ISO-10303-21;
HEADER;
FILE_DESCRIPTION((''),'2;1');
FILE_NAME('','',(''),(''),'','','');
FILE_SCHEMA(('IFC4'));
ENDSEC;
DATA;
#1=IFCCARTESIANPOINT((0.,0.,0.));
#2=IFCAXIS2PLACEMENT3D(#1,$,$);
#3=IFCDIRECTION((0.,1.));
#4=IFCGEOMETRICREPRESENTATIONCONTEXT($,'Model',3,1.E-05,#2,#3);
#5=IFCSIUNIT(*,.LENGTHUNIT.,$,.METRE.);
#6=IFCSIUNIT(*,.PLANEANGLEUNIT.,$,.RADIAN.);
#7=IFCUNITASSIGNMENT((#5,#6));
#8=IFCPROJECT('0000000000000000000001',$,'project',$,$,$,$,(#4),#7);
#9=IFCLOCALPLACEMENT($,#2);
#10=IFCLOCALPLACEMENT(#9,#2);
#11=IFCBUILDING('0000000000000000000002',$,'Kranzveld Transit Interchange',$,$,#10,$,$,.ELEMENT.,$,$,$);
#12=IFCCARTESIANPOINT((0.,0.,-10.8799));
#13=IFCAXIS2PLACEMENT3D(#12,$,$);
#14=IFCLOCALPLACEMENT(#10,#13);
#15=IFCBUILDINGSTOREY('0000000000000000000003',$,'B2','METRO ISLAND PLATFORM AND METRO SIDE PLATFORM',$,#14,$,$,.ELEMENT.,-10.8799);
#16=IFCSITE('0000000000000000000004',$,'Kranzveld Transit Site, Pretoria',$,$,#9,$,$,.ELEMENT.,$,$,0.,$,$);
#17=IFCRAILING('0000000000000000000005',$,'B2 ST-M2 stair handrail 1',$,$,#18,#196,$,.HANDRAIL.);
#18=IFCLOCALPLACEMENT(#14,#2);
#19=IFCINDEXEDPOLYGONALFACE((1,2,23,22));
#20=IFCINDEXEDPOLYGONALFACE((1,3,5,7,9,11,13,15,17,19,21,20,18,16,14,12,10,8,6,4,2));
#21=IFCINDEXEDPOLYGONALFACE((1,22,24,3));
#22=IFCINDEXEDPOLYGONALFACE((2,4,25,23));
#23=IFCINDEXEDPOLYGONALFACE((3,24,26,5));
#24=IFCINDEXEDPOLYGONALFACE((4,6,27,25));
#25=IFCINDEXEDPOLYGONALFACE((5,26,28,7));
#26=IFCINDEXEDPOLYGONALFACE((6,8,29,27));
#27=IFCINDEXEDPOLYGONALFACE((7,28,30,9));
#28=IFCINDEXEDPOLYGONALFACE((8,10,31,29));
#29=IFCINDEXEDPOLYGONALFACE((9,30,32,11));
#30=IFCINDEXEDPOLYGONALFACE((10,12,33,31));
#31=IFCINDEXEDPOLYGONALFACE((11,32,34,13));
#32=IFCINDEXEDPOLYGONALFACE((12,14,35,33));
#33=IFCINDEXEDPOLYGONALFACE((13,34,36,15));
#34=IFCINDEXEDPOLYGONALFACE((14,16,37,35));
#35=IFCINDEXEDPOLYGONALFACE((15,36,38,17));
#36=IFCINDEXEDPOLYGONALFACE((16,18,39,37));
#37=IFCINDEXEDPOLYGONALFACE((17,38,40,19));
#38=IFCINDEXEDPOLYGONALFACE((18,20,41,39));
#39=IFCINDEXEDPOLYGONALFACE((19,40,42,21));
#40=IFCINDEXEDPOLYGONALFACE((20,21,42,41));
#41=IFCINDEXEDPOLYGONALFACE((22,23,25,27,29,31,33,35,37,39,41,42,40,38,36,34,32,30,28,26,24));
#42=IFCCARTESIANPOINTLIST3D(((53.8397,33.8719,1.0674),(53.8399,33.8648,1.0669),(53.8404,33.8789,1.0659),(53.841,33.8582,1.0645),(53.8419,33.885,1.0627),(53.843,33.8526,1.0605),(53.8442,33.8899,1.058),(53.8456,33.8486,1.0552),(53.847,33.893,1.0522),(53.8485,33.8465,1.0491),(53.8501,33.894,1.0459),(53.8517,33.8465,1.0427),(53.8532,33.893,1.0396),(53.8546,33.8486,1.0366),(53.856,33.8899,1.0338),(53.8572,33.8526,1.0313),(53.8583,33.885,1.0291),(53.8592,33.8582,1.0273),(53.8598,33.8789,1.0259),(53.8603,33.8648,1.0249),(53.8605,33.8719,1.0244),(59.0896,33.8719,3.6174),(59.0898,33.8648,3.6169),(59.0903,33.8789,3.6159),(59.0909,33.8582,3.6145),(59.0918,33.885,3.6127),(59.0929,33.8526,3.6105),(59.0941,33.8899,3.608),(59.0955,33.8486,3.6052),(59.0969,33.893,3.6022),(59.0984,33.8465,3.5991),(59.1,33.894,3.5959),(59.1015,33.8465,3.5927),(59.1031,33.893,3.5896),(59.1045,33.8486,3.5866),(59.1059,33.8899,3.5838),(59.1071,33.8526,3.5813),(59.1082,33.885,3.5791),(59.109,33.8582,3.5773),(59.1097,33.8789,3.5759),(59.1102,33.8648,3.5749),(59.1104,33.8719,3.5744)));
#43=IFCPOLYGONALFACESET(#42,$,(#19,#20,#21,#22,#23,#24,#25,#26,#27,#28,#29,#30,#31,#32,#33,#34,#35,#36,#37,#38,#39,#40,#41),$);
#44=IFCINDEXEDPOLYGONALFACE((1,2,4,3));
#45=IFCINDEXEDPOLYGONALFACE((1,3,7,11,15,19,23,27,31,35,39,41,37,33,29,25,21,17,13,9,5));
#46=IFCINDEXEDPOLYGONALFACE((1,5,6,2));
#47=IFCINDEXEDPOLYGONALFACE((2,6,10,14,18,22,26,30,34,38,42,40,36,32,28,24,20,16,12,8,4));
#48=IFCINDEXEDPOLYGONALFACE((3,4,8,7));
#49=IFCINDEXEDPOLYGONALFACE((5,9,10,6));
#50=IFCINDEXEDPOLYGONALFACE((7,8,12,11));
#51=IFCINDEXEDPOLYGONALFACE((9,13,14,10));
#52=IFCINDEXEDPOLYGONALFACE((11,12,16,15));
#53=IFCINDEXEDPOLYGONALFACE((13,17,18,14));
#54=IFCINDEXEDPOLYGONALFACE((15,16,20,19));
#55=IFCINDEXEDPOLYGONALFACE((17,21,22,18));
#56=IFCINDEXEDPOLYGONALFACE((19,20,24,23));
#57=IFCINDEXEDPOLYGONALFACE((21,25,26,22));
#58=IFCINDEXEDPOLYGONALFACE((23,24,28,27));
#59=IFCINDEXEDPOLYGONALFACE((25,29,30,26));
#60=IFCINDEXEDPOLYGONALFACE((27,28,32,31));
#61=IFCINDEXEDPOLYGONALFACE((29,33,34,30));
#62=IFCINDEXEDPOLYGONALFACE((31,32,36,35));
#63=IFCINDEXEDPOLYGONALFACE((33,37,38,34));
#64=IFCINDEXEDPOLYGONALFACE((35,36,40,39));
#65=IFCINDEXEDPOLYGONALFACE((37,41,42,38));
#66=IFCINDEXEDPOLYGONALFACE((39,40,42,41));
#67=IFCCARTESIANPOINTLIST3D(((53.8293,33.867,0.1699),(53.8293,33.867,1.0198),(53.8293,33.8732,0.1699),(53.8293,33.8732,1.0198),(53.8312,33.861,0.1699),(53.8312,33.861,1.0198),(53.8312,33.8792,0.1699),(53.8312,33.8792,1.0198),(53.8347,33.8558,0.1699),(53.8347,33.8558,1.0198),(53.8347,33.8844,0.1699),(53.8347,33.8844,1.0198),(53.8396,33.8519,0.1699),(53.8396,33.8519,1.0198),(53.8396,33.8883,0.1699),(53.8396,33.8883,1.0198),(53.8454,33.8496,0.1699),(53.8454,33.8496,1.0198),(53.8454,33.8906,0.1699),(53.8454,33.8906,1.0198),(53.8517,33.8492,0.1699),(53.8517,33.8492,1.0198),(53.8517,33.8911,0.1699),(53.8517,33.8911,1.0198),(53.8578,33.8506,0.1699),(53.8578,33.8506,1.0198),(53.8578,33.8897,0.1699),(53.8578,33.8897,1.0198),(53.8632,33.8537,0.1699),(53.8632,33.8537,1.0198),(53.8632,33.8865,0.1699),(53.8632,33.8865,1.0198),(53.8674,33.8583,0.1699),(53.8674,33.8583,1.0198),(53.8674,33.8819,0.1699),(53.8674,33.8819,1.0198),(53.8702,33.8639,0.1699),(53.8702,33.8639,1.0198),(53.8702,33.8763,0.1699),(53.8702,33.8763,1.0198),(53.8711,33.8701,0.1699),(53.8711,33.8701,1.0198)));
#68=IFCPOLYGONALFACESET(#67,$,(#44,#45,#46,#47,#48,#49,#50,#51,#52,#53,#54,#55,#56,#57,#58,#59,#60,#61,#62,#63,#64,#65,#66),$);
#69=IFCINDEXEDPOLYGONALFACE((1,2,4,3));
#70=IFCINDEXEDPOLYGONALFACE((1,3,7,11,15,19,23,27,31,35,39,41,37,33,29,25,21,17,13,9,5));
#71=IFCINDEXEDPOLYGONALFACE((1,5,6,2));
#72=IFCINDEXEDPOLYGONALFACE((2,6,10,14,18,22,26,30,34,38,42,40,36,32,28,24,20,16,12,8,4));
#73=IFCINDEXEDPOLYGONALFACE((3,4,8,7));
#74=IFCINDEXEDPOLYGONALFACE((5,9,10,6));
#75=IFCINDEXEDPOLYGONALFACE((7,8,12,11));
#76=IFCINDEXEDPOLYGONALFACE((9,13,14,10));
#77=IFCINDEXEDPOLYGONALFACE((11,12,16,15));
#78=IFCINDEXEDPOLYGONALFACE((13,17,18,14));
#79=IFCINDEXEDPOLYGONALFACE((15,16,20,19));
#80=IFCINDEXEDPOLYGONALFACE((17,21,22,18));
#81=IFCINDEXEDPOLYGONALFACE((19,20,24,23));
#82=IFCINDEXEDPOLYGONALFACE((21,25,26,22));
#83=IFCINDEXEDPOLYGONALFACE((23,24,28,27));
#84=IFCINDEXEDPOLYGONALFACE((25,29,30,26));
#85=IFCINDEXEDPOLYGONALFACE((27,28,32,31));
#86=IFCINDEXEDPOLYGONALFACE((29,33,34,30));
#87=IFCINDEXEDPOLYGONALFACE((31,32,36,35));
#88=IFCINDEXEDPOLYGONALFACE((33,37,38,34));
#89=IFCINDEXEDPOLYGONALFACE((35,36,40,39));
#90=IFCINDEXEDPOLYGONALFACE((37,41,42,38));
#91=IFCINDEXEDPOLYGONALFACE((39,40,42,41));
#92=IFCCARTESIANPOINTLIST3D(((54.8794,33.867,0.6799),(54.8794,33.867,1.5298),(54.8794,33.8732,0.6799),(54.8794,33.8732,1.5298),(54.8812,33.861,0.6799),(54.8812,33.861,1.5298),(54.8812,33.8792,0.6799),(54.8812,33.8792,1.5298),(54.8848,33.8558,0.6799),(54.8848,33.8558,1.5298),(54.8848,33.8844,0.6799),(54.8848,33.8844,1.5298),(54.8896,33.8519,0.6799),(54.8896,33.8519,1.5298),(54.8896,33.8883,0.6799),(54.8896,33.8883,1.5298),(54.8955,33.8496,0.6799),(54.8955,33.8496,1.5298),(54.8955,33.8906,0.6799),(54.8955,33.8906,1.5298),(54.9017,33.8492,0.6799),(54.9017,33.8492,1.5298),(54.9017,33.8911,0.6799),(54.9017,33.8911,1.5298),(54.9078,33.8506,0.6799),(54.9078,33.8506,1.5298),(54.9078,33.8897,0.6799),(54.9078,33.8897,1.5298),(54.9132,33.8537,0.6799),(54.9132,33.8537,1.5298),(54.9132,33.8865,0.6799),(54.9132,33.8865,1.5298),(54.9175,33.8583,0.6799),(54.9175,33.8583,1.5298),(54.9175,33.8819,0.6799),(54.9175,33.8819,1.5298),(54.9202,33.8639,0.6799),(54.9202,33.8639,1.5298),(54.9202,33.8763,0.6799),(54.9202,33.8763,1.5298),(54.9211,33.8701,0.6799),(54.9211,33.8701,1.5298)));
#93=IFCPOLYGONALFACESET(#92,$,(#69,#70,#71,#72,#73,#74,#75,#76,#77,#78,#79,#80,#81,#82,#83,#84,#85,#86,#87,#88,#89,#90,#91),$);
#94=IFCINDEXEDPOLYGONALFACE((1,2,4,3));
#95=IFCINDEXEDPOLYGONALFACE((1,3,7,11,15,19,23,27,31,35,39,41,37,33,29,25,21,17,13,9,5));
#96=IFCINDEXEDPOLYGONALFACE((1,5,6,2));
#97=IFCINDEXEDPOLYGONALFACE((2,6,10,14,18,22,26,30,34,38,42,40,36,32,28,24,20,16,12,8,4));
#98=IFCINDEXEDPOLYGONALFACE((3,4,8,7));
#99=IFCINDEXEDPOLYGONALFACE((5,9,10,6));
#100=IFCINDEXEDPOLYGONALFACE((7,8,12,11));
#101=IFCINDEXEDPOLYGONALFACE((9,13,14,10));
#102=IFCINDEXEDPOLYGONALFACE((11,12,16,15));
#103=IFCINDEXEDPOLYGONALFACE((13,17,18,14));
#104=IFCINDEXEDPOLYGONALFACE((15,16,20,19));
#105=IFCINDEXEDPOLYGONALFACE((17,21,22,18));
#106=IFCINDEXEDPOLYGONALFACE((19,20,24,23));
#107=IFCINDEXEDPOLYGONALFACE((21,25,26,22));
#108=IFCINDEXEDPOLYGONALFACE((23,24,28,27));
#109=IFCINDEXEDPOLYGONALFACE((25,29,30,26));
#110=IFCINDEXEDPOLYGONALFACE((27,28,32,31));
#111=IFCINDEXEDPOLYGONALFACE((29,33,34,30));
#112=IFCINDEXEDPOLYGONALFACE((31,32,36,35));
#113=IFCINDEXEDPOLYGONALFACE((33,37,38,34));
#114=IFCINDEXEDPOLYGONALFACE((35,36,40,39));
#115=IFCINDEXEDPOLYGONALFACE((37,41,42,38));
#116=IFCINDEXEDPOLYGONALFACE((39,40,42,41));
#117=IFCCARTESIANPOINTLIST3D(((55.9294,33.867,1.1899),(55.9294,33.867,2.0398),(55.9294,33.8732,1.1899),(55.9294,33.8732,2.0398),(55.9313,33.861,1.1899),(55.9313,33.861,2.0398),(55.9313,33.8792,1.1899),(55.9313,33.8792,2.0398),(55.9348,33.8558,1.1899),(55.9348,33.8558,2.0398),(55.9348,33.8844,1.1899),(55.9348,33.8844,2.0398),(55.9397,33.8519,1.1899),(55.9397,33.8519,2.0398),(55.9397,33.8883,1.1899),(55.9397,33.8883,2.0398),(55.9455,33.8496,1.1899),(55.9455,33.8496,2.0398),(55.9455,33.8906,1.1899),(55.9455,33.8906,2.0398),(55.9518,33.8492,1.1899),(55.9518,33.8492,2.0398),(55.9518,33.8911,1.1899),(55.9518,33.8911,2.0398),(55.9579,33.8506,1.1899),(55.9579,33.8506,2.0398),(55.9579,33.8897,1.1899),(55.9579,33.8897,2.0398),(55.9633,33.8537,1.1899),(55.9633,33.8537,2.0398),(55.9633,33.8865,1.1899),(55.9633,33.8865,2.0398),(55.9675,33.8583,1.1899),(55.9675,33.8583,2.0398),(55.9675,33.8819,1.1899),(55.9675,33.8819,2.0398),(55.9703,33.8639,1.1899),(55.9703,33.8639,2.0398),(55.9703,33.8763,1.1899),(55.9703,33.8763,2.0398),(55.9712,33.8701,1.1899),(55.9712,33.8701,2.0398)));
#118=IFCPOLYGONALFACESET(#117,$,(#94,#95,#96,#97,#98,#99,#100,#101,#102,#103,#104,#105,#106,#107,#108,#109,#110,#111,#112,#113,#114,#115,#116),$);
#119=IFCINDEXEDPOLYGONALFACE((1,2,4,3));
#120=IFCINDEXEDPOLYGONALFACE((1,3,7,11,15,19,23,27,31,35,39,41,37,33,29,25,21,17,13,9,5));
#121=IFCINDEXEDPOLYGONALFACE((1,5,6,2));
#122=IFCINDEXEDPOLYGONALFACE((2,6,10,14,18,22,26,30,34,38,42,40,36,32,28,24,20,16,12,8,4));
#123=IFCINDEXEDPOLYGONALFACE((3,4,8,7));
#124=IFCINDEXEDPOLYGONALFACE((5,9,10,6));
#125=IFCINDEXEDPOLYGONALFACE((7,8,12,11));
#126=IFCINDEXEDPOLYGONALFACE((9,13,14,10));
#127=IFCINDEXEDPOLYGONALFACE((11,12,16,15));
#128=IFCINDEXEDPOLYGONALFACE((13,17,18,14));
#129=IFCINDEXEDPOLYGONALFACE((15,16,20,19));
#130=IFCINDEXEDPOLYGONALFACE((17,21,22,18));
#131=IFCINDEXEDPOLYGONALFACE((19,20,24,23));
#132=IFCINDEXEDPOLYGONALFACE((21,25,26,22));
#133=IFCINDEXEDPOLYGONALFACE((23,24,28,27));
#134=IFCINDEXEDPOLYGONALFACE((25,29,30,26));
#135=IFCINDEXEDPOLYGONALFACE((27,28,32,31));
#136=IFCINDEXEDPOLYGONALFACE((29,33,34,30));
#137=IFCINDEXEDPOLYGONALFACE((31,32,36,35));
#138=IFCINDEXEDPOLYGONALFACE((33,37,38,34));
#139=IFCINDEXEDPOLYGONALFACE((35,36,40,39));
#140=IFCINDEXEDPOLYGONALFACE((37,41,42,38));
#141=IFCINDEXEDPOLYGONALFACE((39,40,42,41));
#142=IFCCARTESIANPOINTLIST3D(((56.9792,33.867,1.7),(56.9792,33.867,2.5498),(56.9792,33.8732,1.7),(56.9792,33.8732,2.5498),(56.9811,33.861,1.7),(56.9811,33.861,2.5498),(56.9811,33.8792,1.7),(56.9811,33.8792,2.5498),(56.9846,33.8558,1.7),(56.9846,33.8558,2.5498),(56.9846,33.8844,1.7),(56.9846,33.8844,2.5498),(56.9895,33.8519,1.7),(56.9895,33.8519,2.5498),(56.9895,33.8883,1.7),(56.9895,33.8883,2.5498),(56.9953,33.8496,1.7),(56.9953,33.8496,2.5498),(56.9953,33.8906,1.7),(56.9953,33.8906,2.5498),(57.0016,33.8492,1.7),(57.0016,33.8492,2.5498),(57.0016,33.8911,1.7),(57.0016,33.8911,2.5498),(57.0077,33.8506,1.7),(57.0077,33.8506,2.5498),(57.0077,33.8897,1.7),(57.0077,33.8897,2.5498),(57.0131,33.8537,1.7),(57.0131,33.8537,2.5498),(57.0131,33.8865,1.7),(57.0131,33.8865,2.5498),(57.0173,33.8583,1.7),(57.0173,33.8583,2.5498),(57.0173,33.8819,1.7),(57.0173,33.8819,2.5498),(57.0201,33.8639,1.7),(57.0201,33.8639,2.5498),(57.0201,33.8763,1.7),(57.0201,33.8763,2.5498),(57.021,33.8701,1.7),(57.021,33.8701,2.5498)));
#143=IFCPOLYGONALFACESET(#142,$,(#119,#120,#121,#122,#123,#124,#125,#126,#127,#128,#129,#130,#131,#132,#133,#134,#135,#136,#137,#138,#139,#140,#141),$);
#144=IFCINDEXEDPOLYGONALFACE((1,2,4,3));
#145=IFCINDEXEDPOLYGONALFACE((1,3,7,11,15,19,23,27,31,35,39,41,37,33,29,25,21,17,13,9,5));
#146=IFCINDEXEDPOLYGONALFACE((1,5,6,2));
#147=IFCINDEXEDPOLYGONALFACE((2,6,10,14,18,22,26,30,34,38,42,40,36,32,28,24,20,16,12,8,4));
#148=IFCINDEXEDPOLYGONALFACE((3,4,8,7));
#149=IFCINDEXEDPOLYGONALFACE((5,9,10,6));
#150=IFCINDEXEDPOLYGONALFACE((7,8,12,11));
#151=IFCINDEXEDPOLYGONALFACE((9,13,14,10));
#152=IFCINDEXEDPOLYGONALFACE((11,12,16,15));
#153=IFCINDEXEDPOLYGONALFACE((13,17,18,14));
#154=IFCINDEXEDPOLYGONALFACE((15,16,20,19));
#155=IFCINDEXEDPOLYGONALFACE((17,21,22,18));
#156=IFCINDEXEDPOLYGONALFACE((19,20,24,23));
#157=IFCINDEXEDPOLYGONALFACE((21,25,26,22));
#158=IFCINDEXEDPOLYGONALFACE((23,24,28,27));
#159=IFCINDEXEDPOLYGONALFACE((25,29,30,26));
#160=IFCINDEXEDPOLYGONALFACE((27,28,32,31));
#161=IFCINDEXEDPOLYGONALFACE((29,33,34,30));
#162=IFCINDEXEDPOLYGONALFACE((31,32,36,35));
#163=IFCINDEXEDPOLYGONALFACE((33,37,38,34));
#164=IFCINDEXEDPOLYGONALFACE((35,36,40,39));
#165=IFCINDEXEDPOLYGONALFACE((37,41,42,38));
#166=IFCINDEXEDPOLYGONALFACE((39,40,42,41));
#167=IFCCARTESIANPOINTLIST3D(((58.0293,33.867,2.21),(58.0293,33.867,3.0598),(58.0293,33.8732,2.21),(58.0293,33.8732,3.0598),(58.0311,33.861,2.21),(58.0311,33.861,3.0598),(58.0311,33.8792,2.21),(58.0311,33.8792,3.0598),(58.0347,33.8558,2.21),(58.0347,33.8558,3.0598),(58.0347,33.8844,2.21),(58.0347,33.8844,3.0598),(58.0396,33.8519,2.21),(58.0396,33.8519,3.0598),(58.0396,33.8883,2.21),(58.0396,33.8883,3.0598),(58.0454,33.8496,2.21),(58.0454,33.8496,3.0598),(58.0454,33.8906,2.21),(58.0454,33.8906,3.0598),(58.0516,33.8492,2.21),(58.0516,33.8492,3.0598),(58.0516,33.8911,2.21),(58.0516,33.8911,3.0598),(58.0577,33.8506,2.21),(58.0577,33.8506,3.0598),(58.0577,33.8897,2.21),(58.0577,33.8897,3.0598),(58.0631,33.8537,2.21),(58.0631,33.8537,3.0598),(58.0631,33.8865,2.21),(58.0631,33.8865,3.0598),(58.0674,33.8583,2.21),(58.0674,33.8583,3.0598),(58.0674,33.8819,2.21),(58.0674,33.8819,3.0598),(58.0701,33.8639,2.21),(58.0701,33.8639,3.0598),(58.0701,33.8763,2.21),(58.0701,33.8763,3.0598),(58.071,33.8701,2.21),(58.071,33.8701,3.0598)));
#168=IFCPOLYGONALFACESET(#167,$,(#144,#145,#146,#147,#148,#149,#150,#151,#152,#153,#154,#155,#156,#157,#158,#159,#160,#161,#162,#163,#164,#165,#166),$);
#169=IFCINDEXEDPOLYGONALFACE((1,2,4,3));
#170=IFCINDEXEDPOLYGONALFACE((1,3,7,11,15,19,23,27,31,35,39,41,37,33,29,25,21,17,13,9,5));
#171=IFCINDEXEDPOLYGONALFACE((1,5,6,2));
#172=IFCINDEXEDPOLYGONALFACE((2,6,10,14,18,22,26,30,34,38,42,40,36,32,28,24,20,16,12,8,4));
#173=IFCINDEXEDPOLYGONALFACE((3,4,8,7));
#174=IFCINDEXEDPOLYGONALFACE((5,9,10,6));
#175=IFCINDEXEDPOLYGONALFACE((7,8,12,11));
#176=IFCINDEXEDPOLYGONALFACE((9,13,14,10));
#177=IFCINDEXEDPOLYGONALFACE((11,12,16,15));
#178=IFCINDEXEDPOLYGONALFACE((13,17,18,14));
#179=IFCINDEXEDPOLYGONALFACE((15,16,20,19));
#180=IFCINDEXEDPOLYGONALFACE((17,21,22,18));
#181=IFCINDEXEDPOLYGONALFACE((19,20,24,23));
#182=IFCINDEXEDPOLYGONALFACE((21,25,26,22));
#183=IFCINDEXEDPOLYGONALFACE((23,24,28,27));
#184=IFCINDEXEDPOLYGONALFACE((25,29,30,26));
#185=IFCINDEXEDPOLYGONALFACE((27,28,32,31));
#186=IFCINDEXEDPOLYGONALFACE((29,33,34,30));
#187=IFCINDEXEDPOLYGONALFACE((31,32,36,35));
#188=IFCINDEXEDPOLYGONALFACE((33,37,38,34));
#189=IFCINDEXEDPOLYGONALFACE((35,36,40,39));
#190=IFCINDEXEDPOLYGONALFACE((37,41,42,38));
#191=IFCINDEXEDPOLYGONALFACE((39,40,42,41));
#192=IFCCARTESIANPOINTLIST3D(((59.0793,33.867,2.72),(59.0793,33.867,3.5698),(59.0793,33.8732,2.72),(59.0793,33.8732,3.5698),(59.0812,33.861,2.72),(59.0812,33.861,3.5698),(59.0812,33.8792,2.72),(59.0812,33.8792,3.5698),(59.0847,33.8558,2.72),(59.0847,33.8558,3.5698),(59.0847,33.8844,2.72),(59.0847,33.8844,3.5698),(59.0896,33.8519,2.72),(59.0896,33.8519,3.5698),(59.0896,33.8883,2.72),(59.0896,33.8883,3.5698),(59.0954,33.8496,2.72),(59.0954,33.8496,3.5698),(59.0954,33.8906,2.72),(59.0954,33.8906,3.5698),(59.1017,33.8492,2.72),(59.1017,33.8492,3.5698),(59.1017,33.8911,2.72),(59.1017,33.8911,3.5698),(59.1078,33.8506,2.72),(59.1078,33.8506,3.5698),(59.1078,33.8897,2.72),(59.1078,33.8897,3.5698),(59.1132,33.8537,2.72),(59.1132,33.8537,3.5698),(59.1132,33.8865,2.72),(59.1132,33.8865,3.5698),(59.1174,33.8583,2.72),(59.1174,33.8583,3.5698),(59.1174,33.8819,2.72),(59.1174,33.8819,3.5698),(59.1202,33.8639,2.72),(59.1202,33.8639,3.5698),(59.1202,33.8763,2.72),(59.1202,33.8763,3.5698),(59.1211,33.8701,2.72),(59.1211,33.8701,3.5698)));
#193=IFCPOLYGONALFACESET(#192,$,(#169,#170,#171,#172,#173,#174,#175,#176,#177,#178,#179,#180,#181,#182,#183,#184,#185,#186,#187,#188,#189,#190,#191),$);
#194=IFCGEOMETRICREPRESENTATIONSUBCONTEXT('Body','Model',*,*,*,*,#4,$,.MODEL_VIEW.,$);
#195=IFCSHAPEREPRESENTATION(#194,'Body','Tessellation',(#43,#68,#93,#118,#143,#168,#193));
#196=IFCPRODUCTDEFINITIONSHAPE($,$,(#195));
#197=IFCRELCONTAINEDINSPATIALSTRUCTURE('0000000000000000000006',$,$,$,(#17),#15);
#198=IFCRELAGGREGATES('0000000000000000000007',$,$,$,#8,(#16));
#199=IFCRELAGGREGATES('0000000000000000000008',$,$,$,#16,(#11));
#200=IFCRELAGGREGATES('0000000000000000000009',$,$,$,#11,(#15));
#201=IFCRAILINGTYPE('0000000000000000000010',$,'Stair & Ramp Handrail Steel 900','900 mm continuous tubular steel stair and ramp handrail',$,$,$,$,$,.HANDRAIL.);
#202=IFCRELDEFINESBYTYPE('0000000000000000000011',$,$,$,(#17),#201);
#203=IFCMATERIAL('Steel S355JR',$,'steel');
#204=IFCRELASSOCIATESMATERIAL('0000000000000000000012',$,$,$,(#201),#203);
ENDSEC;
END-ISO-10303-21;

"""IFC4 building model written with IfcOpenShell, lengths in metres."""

from ifc_helpers import new_model, si_unit, direction, frame, origin, origin_2d, place, context, subcontext, project, spatial, circle, extrude, material, type_object, element, save


model = new_model("IFC4")

# Units and contexts
model_context = context("Model", 3, precision=1e-05, world=origin(), true_north=direction((0.0, 1.0)))
body_context = subcontext(model_context, "Body", "Model", "MODEL_VIEW")
ifc_project = project(units=[si_unit("LENGTHUNIT", "METRE"), si_unit("PLANEANGLEUNIT", "RADIAN")], contexts=[model_context])

# Site, building, storey
site_placement = place(None, origin())
site = spatial("IfcSite", under=ifc_project, at=site_placement, Name="Kranzveld Transit Site, Pretoria", CompositionType="ELEMENT", RefElevation=0.0)
building_placement = place(site_placement, origin())
building = spatial("IfcBuilding", under=site, at=building_placement, Name="Kranzveld Transit Interchange", CompositionType="ELEMENT")
storey_placement = place(building_placement, frame((0.0, 0.0, -10.8799)))
storey = spatial("IfcBuildingStorey", under=building, at=storey_placement, Name="B2", Description="METRO ISLAND PLATFORM AND METRO SIDE PLATFORM", CompositionType="ELEMENT", Elevation=-10.8799)

# Railing
ifc_material_1 = material(Name="Steel S355JR", Category="steel")
railing_type_1 = type_object("IfcRailingType", Name="Stair & Ramp Handrail Steel 900", Description="900 mm continuous tubular steel stair and ramp handrail", PredefinedType="HANDRAIL", material=ifc_material_1)
railing_1_placement = place(storey_placement, frame((53.8501, 33.8701, 0.1699)))
element("IfcRailing", 1, at=railing_1_placement, inside=storey, type_object=railing_type_1, Name="B2 ST-M2 stair handrail 1", PredefinedType="HANDRAIL", context=body_context, shape_type="SweptSolid", body=[
    extrude(circle(Radius=0.0239, at=origin_2d()), frame((0.0, 0.0, 0.876), z_axis=(0.899505, 0.0, 0.436911), x_axis=(0.0, 1.0, 0.0)), (0.0, 0.0, 1.0), 5.8364),
    extrude(circle(Radius=0.021, at=origin_2d()), origin(), (0.0, 0.0, 1.0), 0.8499),
    extrude(circle(Radius=0.021, at=origin_2d()), frame((1.05, 0.0, 0.51)), (0.0, 0.0, 1.0), 0.8499),
    extrude(circle(Radius=0.021, at=origin_2d()), frame((2.1001, 0.0, 1.02)), (0.0, 0.0, 1.0), 0.8499),
    extrude(circle(Radius=0.021, at=origin_2d()), frame((3.1499, 0.0, 1.53)), (0.0, 0.0, 1.0), 0.8499),
    extrude(circle(Radius=0.021, at=origin_2d()), frame((4.2, 0.0, 2.04)), (0.0, 0.0, 1.0), 0.8499),
    extrude(circle(Radius=0.021, at=origin_2d()), frame((5.25, 0.0, 2.55)), (0.0, 0.0, 1.0), 0.8499),
])

save(model, "model.ifc")
